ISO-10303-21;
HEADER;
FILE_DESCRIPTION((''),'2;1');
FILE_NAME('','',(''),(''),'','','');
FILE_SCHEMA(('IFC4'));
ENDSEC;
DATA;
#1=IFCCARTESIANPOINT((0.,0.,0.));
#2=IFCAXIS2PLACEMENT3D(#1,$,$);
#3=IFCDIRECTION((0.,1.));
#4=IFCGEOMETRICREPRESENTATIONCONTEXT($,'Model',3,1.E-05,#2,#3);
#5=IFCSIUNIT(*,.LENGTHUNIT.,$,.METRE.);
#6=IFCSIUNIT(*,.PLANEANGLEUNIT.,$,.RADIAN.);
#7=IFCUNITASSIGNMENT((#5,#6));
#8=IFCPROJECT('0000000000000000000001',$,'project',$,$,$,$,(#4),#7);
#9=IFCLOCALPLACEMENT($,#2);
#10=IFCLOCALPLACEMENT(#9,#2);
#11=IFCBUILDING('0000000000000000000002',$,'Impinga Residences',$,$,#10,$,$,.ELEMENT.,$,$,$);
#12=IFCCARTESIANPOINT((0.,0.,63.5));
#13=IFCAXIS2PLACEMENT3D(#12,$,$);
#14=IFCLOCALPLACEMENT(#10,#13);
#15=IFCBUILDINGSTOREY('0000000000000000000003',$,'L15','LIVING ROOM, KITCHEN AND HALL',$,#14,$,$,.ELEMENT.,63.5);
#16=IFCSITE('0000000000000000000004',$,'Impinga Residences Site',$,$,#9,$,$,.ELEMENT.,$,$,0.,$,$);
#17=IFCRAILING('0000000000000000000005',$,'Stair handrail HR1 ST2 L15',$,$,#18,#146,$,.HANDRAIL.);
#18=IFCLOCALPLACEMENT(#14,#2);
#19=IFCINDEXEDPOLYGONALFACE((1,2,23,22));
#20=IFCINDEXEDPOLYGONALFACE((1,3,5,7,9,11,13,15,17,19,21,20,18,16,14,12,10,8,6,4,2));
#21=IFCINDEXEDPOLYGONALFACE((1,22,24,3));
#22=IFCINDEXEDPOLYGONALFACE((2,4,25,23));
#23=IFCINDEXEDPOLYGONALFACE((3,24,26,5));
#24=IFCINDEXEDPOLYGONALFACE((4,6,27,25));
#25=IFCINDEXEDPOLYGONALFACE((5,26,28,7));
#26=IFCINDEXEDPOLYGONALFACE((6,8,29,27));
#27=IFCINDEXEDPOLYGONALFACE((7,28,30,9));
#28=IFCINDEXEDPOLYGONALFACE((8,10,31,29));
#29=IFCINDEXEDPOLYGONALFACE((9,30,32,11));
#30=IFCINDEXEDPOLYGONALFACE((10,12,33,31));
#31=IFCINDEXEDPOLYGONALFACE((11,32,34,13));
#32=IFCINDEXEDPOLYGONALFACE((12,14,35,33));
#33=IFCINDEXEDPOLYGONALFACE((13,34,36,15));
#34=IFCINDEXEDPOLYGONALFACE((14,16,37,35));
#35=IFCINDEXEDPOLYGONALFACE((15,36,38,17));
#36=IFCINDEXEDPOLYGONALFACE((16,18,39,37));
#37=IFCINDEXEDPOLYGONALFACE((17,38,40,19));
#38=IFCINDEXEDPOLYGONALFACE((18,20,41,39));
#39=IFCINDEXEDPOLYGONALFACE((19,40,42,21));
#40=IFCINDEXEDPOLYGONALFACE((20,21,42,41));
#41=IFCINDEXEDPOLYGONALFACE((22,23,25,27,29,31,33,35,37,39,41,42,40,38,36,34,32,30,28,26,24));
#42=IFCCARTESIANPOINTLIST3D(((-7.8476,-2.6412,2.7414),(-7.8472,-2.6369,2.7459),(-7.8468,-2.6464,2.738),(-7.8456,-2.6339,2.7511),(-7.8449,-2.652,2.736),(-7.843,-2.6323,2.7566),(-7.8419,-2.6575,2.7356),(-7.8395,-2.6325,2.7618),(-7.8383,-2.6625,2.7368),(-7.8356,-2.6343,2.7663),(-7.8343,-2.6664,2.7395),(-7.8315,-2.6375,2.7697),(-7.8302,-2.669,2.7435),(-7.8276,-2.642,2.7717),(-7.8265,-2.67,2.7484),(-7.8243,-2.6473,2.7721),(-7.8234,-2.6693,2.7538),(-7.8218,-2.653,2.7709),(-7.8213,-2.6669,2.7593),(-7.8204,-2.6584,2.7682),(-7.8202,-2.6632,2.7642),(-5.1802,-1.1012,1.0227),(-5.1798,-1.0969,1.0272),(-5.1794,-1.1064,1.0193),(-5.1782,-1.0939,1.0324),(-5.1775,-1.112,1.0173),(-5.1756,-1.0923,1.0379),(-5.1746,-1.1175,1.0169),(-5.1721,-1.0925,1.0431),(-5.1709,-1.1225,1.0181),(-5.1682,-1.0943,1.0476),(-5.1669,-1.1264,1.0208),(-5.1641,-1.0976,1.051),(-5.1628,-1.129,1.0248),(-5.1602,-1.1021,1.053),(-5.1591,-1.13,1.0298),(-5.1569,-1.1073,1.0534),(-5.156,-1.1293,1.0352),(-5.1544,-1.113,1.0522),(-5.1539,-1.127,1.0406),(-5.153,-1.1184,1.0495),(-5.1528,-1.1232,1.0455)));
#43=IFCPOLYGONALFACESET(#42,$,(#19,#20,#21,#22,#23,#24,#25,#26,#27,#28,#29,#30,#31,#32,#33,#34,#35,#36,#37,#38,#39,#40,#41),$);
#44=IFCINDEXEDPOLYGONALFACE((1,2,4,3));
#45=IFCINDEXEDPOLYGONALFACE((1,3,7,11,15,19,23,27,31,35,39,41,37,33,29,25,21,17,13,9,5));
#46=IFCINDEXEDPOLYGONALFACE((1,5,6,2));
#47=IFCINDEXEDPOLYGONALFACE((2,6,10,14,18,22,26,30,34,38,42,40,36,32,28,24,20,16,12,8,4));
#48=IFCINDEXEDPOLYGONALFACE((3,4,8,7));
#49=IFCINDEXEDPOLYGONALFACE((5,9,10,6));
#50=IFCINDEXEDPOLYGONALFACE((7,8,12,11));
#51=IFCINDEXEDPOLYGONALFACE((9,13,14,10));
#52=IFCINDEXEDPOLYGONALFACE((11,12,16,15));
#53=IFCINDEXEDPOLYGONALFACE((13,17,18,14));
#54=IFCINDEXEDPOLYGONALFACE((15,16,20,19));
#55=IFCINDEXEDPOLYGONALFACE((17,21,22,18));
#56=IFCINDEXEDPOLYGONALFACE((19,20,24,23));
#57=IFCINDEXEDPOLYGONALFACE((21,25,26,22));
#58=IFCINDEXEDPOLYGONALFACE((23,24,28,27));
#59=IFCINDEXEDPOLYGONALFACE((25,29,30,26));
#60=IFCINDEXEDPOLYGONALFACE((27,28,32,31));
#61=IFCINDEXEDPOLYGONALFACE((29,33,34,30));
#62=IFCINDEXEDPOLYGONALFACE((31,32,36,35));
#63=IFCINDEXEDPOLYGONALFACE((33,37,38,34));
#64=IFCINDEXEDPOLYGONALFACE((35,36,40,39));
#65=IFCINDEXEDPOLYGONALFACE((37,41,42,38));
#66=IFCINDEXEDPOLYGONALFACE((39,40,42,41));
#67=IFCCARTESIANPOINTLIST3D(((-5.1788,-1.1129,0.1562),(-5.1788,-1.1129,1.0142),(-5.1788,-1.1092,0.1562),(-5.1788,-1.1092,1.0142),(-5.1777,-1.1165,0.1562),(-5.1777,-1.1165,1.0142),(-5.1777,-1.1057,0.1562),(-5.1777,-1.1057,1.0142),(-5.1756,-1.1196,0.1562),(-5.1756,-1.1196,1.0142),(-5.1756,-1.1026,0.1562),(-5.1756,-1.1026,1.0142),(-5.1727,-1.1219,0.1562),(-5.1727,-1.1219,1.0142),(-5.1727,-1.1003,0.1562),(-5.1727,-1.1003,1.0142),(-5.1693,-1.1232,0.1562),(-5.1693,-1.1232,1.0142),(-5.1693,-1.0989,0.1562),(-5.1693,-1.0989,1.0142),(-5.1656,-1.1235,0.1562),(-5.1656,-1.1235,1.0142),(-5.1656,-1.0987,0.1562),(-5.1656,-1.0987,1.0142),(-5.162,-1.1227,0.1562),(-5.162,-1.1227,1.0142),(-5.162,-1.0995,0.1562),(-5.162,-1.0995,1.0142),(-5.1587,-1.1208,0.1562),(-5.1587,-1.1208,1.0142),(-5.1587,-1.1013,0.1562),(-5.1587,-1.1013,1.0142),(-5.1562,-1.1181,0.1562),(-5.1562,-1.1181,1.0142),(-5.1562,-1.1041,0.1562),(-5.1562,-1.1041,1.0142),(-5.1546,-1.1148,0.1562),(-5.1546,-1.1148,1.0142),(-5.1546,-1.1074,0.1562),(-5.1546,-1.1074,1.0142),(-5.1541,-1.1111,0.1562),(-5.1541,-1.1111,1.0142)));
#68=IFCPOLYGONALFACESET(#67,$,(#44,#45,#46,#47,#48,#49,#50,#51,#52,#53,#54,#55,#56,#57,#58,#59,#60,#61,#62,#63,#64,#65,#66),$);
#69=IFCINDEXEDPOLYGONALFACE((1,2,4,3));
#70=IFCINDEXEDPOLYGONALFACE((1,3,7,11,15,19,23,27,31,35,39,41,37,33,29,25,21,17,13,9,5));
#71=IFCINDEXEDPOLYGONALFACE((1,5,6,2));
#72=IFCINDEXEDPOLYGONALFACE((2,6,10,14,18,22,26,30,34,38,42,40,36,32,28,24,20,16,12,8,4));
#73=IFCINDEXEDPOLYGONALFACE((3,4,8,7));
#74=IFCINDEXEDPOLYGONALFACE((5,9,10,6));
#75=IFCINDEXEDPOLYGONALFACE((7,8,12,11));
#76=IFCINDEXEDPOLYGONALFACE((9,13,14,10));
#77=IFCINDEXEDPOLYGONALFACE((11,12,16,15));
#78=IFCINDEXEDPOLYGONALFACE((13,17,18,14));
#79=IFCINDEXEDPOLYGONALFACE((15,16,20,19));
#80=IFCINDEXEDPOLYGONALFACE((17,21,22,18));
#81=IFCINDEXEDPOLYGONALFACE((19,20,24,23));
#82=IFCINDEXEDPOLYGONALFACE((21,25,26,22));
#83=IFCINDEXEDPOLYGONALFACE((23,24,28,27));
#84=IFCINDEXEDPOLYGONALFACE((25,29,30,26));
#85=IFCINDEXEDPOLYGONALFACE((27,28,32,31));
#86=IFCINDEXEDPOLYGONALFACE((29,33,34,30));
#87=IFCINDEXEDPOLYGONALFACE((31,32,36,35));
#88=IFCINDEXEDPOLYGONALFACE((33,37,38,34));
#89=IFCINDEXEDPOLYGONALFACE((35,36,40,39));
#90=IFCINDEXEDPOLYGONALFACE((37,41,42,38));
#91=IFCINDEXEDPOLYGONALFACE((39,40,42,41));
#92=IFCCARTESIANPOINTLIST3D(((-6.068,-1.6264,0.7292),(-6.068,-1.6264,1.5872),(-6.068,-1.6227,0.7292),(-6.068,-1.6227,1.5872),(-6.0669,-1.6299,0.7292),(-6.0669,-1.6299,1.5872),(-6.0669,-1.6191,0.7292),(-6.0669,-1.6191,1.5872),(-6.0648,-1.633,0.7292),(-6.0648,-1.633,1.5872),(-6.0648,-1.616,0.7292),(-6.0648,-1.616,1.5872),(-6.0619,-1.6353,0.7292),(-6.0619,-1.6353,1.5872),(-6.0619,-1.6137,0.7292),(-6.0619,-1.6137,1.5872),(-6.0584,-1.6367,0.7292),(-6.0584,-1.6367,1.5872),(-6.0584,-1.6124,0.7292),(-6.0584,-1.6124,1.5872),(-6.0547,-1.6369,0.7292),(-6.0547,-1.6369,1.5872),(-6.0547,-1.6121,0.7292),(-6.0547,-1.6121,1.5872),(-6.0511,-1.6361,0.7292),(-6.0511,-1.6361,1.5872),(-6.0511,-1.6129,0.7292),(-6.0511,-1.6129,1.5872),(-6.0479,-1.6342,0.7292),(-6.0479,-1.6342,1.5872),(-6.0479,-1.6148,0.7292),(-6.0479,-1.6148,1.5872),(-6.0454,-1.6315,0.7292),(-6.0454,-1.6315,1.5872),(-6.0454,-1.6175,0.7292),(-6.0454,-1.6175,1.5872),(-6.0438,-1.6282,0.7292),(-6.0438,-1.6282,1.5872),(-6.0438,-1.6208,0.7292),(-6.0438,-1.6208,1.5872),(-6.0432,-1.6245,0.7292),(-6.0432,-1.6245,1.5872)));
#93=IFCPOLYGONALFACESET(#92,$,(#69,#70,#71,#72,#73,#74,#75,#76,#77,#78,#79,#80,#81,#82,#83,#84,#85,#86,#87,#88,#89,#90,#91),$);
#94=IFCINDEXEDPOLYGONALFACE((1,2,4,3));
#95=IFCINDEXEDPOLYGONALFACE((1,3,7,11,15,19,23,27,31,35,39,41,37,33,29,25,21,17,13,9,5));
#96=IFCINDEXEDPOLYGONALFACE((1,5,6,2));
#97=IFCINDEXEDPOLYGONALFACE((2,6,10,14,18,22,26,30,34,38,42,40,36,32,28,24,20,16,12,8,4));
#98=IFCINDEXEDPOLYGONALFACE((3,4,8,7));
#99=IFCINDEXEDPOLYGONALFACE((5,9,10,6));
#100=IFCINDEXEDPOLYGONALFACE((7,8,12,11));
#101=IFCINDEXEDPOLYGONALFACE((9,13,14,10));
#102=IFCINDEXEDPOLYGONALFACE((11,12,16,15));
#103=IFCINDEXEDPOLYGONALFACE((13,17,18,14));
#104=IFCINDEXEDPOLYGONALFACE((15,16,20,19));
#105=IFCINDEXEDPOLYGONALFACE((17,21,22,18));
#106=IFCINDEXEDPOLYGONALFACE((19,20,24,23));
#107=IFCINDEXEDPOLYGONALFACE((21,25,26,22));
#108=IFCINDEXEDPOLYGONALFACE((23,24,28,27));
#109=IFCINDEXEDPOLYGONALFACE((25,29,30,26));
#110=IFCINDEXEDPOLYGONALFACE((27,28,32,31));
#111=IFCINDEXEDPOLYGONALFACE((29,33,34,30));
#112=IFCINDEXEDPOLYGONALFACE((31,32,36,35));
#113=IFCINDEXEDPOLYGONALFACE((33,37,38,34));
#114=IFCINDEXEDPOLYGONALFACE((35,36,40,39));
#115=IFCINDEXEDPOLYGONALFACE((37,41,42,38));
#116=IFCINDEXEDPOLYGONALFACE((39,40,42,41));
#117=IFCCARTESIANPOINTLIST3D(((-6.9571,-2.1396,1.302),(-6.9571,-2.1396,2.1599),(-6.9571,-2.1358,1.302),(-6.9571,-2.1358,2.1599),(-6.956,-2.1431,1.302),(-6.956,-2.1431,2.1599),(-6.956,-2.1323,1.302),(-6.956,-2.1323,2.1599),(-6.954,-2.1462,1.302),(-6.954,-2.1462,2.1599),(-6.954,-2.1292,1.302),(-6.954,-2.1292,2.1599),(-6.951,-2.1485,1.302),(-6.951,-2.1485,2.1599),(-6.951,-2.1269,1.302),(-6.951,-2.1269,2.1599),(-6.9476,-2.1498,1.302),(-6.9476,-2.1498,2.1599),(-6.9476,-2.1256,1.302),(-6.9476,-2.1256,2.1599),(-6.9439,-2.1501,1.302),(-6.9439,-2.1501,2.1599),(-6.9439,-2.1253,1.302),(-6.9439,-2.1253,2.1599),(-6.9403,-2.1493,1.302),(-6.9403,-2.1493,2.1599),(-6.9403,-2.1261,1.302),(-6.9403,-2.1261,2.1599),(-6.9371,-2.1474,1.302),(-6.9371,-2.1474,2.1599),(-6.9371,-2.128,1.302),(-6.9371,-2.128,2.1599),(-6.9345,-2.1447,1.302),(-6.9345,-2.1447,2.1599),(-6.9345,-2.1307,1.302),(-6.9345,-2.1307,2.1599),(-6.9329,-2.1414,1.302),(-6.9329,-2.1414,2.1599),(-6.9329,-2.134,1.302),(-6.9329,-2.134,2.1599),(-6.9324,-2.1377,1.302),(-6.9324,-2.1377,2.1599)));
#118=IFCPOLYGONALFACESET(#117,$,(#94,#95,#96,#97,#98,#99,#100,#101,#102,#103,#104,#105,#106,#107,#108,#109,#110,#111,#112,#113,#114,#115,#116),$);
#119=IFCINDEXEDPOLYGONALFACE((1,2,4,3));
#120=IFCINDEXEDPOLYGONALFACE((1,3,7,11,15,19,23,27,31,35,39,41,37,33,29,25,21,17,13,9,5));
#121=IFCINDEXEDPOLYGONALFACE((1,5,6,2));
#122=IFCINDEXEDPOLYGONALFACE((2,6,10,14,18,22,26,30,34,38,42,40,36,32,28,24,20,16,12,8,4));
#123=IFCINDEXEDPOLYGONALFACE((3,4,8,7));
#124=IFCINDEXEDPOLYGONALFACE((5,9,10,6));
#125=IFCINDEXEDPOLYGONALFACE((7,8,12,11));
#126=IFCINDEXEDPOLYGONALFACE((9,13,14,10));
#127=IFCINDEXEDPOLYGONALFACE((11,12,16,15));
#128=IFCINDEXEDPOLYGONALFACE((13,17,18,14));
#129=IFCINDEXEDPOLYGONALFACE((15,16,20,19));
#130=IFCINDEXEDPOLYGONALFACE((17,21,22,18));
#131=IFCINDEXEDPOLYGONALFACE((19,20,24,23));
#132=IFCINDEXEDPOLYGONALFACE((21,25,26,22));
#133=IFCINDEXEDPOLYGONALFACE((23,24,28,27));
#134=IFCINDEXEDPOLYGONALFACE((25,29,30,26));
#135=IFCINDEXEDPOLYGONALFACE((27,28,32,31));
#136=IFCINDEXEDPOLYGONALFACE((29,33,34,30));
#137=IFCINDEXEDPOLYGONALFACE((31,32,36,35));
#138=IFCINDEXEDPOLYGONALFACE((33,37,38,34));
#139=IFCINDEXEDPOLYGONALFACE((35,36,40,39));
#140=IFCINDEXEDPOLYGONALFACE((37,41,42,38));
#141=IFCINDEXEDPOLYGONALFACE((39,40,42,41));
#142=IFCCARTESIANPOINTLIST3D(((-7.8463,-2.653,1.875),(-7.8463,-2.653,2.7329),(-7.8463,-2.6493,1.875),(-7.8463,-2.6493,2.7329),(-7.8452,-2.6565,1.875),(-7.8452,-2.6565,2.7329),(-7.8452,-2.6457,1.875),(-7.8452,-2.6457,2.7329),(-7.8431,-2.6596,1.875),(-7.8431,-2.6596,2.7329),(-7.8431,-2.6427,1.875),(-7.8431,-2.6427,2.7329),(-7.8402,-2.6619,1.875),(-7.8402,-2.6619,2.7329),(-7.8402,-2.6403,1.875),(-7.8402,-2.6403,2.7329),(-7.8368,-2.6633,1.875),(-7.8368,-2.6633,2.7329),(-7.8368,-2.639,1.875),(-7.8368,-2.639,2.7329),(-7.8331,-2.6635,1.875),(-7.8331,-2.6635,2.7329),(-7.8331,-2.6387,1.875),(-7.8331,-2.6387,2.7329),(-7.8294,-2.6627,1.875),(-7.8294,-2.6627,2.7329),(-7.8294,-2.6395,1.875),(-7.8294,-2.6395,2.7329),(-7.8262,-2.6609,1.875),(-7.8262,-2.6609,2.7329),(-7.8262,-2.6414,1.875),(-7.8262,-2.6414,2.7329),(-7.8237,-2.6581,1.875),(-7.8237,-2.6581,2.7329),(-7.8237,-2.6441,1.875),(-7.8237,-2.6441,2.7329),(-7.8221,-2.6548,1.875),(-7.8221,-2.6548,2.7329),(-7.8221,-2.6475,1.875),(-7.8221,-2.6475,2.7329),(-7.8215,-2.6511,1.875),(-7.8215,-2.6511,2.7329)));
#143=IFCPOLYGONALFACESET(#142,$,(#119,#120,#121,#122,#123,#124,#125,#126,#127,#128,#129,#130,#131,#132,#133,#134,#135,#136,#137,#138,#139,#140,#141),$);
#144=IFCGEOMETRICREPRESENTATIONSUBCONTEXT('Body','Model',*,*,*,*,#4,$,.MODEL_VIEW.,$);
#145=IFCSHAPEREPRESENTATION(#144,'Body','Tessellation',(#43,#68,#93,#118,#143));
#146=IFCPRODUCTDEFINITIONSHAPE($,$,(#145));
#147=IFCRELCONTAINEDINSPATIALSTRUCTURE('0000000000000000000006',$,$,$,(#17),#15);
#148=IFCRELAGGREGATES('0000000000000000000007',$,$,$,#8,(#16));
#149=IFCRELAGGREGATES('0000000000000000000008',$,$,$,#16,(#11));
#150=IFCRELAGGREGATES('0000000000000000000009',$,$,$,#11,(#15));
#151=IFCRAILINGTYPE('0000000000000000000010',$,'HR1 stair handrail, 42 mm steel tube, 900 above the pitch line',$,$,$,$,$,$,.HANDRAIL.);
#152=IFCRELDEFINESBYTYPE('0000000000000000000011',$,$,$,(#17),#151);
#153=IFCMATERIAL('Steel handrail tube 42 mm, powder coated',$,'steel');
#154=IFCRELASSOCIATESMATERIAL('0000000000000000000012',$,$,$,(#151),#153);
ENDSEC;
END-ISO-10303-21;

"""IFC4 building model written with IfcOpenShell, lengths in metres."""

from ifc_helpers import new_model, si_unit, direction, frame, origin, origin_2d, place, context, subcontext, project, spatial, circle, extrude, material, type_object, element, save


model = new_model("IFC4")

# Units and contexts
model_context = context("Model", 3, precision=1e-05, world=origin(), true_north=direction((0.0, 1.0)))
body_context = subcontext(model_context, "Body", "Model", "MODEL_VIEW")
ifc_project = project(units=[si_unit("LENGTHUNIT", "METRE"), si_unit("PLANEANGLEUNIT", "RADIAN")], contexts=[model_context])

# Site, building, storey
site_placement = place(None, origin())
site = spatial("IfcSite", under=ifc_project, at=site_placement, Name="Impinga Residences Site", CompositionType="ELEMENT", RefElevation=0.0)
building_placement = place(site_placement, origin())
building = spatial("IfcBuilding", under=site, at=building_placement, Name="Impinga Residences", CompositionType="ELEMENT")
storey_placement = place(building_placement, frame((0.0, 0.0, 63.5)))
storey = spatial("IfcBuildingStorey", under=building, at=storey_placement, Name="L15", Description="LIVING ROOM, KITCHEN AND HALL", CompositionType="ELEMENT", Elevation=63.5)

# Railing
ifc_material_1 = material(Name="Steel handrail tube 42 mm, powder coated", Category="steel")
railing_type = type_object("IfcRailingType", Name="HR1 stair handrail, 42 mm steel tube, 900 above the pitch line", PredefinedType="HANDRAIL", material=ifc_material_1)
railing_placement = place(storey_placement, frame((-5.1665, -1.1111, 0.1562)))
element("IfcRailing", 1, at=railing_placement, inside=storey, type_object=railing_type, Name="Stair handrail HR1 ST2 L15", PredefinedType="HANDRAIL", context=body_context, shape_type="SweptSolid", body=[
    extrude(circle(Radius=0.021, at=origin_2d()), frame((0.0, 0.0, 0.8789), z_axis=(-0.756256, -0.436616, 0.487282), x_axis=(0.499992, -0.86603, 0.0)), (0.0, 0.0, 1.0), 3.5271),
    extrude(circle(Radius=0.0125, at=origin_2d()), origin(), (0.0, 0.0, 1.0), 0.8579),
    extrude(circle(Radius=0.0125, at=origin_2d()), frame((-0.8892, -0.5134, 0.573)), (0.0, 0.0, 1.0), 0.8579),
    extrude(circle(Radius=0.0125, at=origin_2d()), frame((-1.7783, -1.0266, 1.1458)), (0.0, 0.0, 1.0), 0.8579),
    extrude(circle(Radius=0.0125, at=origin_2d()), frame((-2.6675, -1.54, 1.7188)), (0.0, 0.0, 1.0), 0.8579),
])

save(model, "model.ifc")
